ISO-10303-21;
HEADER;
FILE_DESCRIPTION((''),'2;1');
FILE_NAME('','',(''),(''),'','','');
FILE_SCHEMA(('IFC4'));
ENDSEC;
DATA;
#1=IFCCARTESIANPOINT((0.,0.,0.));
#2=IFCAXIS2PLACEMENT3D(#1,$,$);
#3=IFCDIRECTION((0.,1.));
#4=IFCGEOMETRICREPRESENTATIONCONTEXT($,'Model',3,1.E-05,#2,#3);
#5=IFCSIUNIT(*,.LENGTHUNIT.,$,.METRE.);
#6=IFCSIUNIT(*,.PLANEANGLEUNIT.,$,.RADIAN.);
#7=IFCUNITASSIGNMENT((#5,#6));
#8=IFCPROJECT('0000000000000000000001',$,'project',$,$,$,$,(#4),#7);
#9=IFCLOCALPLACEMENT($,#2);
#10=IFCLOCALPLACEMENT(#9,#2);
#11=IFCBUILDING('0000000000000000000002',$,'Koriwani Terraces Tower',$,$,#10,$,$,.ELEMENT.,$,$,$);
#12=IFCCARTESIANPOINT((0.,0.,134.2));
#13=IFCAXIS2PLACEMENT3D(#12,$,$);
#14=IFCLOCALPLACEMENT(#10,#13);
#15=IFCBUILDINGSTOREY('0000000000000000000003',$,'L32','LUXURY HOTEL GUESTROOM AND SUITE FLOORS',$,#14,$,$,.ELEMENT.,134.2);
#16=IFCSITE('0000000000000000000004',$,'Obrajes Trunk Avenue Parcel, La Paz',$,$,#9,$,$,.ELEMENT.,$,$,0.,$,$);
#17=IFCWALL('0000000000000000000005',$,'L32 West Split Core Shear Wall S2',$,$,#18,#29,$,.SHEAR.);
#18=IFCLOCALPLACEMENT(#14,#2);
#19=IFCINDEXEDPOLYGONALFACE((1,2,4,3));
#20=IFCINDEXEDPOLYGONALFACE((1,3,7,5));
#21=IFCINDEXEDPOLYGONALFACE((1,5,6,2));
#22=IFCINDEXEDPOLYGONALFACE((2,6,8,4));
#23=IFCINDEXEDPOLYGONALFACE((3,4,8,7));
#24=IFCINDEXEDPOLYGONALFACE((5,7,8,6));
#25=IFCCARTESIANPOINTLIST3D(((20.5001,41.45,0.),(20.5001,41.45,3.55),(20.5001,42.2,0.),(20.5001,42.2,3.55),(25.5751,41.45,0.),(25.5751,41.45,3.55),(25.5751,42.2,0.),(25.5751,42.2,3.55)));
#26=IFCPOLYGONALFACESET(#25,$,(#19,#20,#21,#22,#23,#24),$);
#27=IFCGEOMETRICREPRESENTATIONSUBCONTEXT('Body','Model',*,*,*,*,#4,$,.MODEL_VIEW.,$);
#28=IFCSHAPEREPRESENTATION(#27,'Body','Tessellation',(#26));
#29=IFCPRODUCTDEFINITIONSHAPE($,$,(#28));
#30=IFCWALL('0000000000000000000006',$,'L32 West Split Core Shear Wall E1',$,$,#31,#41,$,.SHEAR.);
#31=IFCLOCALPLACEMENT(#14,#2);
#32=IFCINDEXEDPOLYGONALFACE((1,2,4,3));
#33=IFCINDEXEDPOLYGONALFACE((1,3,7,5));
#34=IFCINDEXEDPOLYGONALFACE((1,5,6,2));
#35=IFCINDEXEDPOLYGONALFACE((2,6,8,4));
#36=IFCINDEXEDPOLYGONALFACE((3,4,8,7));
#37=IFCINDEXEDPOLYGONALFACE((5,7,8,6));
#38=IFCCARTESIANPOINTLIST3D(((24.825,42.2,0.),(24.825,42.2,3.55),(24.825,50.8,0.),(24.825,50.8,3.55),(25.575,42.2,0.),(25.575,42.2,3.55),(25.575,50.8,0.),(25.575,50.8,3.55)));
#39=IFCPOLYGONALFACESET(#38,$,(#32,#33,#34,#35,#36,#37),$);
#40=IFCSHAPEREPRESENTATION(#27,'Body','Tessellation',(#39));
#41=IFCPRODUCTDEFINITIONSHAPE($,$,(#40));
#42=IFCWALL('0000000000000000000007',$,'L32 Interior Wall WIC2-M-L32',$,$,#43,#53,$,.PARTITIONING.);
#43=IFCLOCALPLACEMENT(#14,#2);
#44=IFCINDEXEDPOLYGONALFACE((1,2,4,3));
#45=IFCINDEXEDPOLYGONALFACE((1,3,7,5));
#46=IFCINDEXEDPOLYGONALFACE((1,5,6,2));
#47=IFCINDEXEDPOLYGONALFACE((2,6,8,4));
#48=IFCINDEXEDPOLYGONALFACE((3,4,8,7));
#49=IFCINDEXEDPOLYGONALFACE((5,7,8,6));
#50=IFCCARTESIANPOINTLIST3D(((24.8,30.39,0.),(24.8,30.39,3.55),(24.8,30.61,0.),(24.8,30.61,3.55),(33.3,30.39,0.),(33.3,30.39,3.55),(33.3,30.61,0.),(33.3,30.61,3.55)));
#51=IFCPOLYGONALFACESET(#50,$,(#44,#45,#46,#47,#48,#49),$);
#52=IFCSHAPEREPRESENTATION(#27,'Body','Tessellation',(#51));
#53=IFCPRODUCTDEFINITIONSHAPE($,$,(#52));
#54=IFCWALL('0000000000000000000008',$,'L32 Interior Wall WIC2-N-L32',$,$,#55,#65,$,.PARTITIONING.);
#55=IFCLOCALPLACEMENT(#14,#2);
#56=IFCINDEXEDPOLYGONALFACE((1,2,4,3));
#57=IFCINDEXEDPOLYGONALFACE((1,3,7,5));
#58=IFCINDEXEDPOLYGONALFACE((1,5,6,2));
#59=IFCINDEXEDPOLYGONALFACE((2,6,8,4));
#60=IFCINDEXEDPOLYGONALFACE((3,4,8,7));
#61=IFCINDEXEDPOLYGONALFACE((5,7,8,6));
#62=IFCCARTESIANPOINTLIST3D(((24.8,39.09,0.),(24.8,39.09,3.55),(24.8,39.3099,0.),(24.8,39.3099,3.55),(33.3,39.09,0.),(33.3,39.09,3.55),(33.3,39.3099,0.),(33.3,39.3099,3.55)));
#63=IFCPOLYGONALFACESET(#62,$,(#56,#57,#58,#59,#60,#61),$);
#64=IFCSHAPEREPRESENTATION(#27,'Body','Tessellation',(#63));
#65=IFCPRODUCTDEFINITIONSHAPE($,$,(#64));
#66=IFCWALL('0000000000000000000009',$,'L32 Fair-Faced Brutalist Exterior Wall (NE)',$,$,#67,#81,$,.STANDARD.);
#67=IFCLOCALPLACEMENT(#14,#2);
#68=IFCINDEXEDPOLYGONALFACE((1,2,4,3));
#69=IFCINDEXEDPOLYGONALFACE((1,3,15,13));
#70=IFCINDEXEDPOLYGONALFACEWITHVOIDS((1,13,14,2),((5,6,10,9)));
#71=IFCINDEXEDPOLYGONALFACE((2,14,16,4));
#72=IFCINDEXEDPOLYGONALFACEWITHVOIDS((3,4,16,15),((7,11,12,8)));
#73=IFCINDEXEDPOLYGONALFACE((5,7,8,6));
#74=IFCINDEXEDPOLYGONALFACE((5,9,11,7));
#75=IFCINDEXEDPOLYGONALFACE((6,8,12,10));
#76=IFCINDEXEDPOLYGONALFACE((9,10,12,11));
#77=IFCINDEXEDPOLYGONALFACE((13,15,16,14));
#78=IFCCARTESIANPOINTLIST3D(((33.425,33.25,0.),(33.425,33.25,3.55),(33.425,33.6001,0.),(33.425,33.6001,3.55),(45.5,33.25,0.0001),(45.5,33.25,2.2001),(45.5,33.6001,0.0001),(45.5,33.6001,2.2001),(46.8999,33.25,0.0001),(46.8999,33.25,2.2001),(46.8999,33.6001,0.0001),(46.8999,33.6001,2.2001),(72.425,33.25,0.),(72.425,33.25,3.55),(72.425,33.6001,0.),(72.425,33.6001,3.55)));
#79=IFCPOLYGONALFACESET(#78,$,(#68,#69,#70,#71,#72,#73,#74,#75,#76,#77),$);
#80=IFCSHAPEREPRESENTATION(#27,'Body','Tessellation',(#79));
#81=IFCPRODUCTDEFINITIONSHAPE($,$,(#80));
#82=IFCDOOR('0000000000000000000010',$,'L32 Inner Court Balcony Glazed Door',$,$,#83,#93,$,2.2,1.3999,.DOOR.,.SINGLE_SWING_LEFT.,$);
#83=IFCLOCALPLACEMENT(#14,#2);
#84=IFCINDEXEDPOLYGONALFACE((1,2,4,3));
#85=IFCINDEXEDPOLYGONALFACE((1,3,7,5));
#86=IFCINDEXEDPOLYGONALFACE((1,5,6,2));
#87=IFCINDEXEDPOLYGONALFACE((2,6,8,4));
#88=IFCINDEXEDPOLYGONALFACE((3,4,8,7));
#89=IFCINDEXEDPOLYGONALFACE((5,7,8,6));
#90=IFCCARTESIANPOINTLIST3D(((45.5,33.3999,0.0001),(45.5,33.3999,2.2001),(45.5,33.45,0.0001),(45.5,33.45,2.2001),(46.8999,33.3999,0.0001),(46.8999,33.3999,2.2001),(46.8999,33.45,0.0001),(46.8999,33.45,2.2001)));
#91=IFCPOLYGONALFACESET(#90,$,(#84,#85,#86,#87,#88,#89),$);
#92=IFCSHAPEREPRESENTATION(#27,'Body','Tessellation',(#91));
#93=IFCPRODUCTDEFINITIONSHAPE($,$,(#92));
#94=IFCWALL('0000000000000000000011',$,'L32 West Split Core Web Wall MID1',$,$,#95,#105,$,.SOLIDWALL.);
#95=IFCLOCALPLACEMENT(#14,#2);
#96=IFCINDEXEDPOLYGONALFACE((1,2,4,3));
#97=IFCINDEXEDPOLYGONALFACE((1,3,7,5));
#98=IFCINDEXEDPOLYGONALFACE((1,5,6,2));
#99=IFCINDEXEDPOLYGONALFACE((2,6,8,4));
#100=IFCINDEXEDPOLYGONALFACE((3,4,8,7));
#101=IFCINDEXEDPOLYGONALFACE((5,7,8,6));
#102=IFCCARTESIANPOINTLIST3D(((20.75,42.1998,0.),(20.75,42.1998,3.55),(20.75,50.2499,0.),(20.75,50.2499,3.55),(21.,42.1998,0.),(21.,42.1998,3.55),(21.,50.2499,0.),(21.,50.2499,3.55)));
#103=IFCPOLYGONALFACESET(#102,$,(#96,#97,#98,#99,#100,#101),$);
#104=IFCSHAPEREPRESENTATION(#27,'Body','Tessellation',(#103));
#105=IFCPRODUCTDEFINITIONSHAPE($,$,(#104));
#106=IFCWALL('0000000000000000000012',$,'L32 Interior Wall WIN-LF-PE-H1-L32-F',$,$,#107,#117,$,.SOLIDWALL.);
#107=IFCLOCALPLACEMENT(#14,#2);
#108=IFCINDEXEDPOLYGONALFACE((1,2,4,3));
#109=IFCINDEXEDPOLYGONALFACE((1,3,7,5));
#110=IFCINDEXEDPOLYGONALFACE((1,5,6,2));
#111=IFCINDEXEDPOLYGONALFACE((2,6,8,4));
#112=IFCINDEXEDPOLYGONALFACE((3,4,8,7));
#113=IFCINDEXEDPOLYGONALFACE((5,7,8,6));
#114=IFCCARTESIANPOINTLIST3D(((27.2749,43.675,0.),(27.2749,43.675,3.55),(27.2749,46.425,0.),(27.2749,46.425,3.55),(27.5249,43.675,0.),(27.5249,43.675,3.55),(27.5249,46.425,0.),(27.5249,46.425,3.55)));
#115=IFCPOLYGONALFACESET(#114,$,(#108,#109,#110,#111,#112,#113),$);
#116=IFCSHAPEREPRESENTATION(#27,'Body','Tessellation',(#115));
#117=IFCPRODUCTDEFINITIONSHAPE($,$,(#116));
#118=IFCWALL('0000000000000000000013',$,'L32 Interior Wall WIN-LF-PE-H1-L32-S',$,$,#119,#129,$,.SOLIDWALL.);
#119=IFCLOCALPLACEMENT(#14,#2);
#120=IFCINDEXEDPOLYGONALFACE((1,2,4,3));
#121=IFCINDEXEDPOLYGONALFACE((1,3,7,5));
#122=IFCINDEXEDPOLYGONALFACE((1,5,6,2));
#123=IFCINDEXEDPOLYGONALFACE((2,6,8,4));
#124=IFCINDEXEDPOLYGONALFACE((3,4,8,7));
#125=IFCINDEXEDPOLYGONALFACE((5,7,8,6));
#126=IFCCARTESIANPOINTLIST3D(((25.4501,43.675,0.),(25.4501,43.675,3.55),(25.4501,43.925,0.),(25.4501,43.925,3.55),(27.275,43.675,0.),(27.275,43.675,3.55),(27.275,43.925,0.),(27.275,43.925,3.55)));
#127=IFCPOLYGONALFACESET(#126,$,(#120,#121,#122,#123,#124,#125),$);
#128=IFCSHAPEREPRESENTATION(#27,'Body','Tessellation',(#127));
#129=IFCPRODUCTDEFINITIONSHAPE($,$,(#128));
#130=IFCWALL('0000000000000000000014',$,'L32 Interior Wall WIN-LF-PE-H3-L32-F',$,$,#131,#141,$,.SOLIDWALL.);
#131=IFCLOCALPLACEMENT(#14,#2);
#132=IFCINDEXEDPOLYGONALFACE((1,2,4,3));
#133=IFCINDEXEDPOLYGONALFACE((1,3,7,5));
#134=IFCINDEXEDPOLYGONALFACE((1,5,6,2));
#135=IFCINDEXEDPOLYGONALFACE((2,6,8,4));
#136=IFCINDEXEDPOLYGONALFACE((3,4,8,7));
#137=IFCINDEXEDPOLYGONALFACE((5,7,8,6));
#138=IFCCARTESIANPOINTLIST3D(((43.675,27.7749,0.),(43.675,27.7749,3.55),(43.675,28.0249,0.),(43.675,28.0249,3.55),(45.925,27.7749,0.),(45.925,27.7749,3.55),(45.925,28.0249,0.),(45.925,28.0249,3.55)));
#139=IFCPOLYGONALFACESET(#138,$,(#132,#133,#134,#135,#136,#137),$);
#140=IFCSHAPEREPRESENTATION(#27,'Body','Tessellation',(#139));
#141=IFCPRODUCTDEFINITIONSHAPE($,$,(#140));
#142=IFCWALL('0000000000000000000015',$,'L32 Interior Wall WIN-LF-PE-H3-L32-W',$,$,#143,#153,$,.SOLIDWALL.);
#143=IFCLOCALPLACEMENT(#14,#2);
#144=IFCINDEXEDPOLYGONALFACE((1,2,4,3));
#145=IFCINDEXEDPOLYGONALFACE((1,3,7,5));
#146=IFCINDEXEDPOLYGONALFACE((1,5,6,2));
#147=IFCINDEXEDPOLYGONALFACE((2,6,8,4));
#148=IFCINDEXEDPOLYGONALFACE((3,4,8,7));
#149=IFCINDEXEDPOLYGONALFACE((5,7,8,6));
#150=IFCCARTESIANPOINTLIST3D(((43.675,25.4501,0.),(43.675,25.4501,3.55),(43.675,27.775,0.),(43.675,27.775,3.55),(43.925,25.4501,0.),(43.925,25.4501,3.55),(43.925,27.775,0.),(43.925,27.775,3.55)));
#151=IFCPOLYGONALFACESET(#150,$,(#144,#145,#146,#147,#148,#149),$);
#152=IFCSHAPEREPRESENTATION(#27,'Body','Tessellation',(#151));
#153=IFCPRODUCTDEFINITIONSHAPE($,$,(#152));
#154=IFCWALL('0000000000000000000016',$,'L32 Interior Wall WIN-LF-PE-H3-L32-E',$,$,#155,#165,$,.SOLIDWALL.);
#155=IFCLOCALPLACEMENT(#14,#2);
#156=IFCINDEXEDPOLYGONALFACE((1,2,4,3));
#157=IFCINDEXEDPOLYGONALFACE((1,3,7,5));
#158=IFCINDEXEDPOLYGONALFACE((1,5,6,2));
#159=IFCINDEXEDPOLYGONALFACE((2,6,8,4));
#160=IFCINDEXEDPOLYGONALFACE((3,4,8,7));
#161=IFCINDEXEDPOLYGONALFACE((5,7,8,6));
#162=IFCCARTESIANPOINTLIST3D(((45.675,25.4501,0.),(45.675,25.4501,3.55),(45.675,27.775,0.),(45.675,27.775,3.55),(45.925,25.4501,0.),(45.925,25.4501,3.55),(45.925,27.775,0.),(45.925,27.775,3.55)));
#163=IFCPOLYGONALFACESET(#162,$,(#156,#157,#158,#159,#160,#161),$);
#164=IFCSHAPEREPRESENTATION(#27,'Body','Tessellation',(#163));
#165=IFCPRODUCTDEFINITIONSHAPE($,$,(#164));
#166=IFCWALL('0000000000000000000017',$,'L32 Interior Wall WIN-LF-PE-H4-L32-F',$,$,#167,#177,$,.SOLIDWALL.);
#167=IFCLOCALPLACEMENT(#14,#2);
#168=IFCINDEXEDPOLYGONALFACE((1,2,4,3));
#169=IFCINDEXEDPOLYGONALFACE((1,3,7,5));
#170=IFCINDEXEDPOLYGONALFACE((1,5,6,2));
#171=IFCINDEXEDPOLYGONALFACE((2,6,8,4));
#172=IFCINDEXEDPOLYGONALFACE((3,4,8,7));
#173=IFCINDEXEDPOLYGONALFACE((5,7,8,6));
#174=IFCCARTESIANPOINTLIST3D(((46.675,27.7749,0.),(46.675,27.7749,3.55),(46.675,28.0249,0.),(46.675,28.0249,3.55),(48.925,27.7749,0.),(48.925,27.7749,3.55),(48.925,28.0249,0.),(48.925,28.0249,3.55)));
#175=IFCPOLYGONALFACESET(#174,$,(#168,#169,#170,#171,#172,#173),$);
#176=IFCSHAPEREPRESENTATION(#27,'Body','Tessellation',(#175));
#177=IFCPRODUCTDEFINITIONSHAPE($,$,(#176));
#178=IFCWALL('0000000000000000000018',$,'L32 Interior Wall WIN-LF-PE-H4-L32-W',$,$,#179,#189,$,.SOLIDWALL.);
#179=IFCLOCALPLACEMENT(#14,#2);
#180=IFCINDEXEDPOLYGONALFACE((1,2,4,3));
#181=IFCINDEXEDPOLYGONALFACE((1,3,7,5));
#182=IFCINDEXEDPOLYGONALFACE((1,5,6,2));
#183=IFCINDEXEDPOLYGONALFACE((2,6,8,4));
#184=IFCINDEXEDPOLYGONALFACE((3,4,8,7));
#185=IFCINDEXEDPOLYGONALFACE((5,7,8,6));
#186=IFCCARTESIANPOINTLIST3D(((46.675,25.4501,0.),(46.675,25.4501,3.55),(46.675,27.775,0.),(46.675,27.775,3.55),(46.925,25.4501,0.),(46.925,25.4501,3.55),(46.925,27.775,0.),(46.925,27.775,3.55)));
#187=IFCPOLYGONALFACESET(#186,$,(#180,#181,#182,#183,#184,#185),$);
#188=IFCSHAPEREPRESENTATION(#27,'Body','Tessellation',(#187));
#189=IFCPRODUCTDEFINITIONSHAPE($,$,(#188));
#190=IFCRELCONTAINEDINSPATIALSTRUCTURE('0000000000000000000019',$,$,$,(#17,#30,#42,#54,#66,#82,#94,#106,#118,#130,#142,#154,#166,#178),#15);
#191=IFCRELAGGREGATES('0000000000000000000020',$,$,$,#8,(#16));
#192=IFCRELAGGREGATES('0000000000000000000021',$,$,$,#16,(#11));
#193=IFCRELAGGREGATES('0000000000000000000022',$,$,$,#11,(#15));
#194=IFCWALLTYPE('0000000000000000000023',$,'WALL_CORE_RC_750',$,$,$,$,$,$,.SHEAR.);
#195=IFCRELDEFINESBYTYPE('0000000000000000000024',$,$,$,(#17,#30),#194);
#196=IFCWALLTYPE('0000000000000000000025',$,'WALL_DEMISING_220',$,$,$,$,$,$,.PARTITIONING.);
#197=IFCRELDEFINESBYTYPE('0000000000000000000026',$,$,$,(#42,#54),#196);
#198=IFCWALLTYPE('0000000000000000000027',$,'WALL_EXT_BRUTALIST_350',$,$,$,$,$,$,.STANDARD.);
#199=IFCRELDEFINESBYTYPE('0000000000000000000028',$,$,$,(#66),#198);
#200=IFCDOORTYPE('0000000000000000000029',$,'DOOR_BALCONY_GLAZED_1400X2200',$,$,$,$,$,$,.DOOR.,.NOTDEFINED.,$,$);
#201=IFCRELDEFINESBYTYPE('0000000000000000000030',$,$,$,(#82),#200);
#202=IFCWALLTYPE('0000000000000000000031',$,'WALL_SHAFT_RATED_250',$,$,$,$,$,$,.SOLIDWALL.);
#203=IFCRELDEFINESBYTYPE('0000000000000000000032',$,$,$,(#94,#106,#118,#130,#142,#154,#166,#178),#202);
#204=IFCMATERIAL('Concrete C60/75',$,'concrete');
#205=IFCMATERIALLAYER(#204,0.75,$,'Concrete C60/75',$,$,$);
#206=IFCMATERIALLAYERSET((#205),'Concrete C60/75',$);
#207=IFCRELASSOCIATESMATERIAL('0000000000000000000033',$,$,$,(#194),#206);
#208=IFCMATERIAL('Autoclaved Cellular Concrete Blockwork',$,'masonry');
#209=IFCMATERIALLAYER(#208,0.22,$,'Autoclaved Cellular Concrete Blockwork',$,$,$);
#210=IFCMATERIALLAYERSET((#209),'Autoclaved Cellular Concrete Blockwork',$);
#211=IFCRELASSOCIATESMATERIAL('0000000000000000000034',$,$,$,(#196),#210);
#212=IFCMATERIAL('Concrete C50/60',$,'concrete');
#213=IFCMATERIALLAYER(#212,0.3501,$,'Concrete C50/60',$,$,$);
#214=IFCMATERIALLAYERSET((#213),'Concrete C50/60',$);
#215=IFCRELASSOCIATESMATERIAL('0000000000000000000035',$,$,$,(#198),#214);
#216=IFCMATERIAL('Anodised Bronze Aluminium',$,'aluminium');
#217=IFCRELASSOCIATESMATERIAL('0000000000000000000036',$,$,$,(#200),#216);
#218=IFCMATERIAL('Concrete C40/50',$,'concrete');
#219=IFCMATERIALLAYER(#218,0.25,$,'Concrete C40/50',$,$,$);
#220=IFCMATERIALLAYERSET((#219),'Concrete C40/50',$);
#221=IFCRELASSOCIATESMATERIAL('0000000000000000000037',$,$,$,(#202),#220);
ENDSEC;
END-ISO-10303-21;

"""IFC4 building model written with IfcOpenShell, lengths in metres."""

from ifc_helpers import new_model, si_unit, direction, frame, frame_2d, origin, place, context, subcontext, project, spatial, rectangle, extrude, material, layer, layer_set, type_object, element, fill, save


model = new_model("IFC4")

# Units and contexts
model_context = context("Model", 3, precision=1e-05, world=origin(), true_north=direction((0.0, 1.0)))
body_context = subcontext(model_context, "Body", "Model", "MODEL_VIEW")
ifc_project = project(units=[si_unit("LENGTHUNIT", "METRE"), si_unit("PLANEANGLEUNIT", "RADIAN")], contexts=[model_context])

# Site, building, storey
site_placement = place(None, origin())
site = spatial("IfcSite", under=ifc_project, at=site_placement, Name="Obrajes Trunk Avenue Parcel, La Paz", CompositionType="ELEMENT", RefElevation=0.0)
building_placement = place(site_placement, origin())
building = spatial("IfcBuilding", under=site, at=building_placement, Name="Koriwani Terraces Tower", CompositionType="ELEMENT")
storey_placement = place(building_placement, frame((0.0, 0.0, 134.2)))
storey = spatial("IfcBuildingStorey", under=building, at=storey_placement, Name="L32", Description="LUXURY HOTEL GUESTROOM AND SUITE FLOORS", CompositionType="ELEMENT", Elevation=134.2)

# Shared definitions
ifc_material_1 = material(Name="Concrete C60/75", Category="concrete")

# Shared definitions
ifc_material_2 = material(Name="Concrete C40/50", Category="concrete")
ifc_material_3 = material(Name="Concrete C50/60", Category="concrete")

# Walls
ifc_layer_1 = layer(ifc_material_1, 0.75, Name="Concrete C60/75")
ifc_layer_set_1 = layer_set([ifc_layer_1], Name="Concrete C60/75")
wall_type_1 = type_object("IfcWallType", Name="WALL_CORE_RC_750", PredefinedType="SHEAR", material=ifc_layer_set_1)
wall_1_placement = place(storey_placement, frame((20.5, 41.825, 0.0), z_axis=(0.0, 0.0, 1.0), x_axis=(1.0, 0.0, 0.0)))
element("IfcWall", 1, at=wall_1_placement, inside=storey, type_object=wall_type_1, Name="L32 West Split Core Shear Wall S2", PredefinedType="SHEAR", context=body_context, shape_type="SweptSolid", body=[
    extrude(rectangle(XDim=5.075, YDim=0.75, at=frame_2d((2.5376, 0.0))), origin(), (0.0, 0.0, 1.0), 3.55),
])
wall_2_placement = place(storey_placement, frame((25.2, 42.2, 0.0), z_axis=(0.0, 0.0, 1.0), x_axis=(0.0, 1.0, 0.0)))
element("IfcWall", 2, at=wall_2_placement, inside=storey, type_object=wall_type_1, Name="L32 West Split Core Shear Wall E1", PredefinedType="SHEAR", context=body_context, shape_type="SweptSolid", body=[
    extrude(rectangle(XDim=8.6001, YDim=0.75, at=frame_2d((4.3, 0.0))), origin(), (0.0, 0.0, 1.0), 3.55),
])
ifc_material_4 = material(Name="Autoclaved Cellular Concrete Blockwork", Category="masonry")
ifc_layer_2 = layer(ifc_material_4, 0.22, Name="Autoclaved Cellular Concrete Blockwork")
ifc_layer_set_2 = layer_set([ifc_layer_2], Name="Autoclaved Cellular Concrete Blockwork")
wall_type_2 = type_object("IfcWallType", Name="WALL_DEMISING_220", PredefinedType="PARTITIONING", material=ifc_layer_set_2)
for number, where, z_axis, x_axis, name in (
    (3, (24.8, 30.5, 0.0), (0.0, 0.0, 1.0), (1.0, 0.0, 0.0), "L32 Interior Wall WIC2-M-L32"),
    (4, (24.8, 39.2, 0.0), (0.0, 0.0, 1.0), (1.0, 0.0, 0.0), "L32 Interior Wall WIC2-N-L32"),
):
    element("IfcWall", number, at=place(storey_placement, frame(where, z_axis=z_axis, x_axis=x_axis)), inside=storey, type_object=wall_type_2, Name=name, PredefinedType="PARTITIONING", context=body_context, shape_type="SweptSolid", body=[
        extrude(rectangle(XDim=8.5, YDim=0.22, at=frame_2d((4.25, 0.0))), origin(), (0.0, 0.0, 1.0), 3.55),
    ])

# Wall, opening, door
ifc_layer_3 = layer(ifc_material_3, 0.3501, Name="Concrete C50/60")
ifc_layer_set_3 = layer_set([ifc_layer_3], Name="Concrete C50/60")
wall_type_3 = type_object("IfcWallType", Name="WALL_EXT_BRUTALIST_350", PredefinedType="STANDARD", material=ifc_layer_set_3)
wall_3_placement = place(storey_placement, frame((33.425, 33.425, 0.0), z_axis=(0.0, 0.0, 1.0), x_axis=(1.0, 0.0, 0.0)))
wall_3 = element("IfcWall", 5, at=wall_3_placement, inside=storey, type_object=wall_type_3, Name="L32 Fair-Faced Brutalist Exterior Wall (NE)", PredefinedType="STANDARD", context=body_context, shape_type="SweptSolid", body=[
    extrude(rectangle(XDim=39.0, YDim=0.3501, at=frame_2d((19.5, 0.0))), origin(), (0.0, 0.0, 1.0), 3.55),
])
opening_placement = place(wall_3_placement, frame((12.075, 0.0, 0.0)))
opening = element("IfcOpeningElement", 6, at=opening_placement, cuts=wall_3, PredefinedType="OPENING", context=body_context, shape_type="SweptSolid", body=[
    extrude(rectangle(XDim=1.3999, YDim=2.2, at=frame_2d((0.7, 1.1001))), frame((0.0, 0.1851, 0.0), z_axis=(0.0, -1.0, 0.0), x_axis=(1.0, 0.0, 0.0)), (0.0, 0.0, 1.0), 0.3701),
])
ifc_material_5 = material(Name="Anodised Bronze Aluminium", Category="aluminium")
door_type = type_object("IfcDoorType", Name="DOOR_BALCONY_GLAZED_1400X2200", OperationType="NOTDEFINED", PredefinedType="DOOR", material=ifc_material_5)
door_placement = place(opening_placement, origin())
door = element("IfcDoor", 7, at=door_placement, inside=storey, type_object=door_type, Name="L32 Inner Court Balcony Glazed Door", OperationType="SINGLE_SWING_LEFT", OverallHeight=2.2, OverallWidth=1.3999, PredefinedType="DOOR", context=body_context, shape_type="SweptSolid", body=[
    extrude(rectangle(XDim=1.3999, YDim=2.2, at=frame_2d((0.7, 1.1001))), frame((0.0, 0.0249, 0.0), z_axis=(0.0, -1.0, 0.0), x_axis=(1.0, 0.0, 0.0)), (0.0, 0.0, 1.0), 0.05),
])
fill(opening, door)

# Walls
ifc_layer_4 = layer(ifc_material_2, 0.25, Name="Concrete C40/50")
ifc_layer_set_4 = layer_set([ifc_layer_4], Name="Concrete C40/50")
wall_type_4 = type_object("IfcWallType", Name="WALL_SHAFT_RATED_250", PredefinedType="SOLIDWALL", material=ifc_layer_set_4)
wall_4_placement = place(storey_placement, frame((20.875, 42.2, 0.0), z_axis=(0.0, 0.0, 1.0), x_axis=(0.0, 1.0, 0.0)))
element("IfcWall", 8, at=wall_4_placement, inside=storey, type_object=wall_type_4, Name="L32 West Split Core Web Wall MID1", PredefinedType="SOLIDWALL", context=body_context, shape_type="SweptSolid", body=[
    extrude(rectangle(XDim=8.05, YDim=0.25, at=frame_2d((4.0249, 0.0))), origin(), (0.0, 0.0, 1.0), 3.55),
])
wall_5_placement = place(storey_placement, frame((27.3999, 43.675, 0.0), z_axis=(0.0, 0.0, 1.0), x_axis=(0.0, 1.0, 0.0)))
element("IfcWall", 9, at=wall_5_placement, inside=storey, type_object=wall_type_4, Name="L32 Interior Wall WIN-LF-PE-H1-L32-F", PredefinedType="SOLIDWALL", context=body_context, shape_type="SweptSolid", body=[
    extrude(rectangle(XDim=2.75, YDim=0.25, at=frame_2d((1.375, 0.0))), origin(), (0.0, 0.0, 1.0), 3.55),
])
wall_6_placement = place(storey_placement, frame((25.45, 43.8, 0.0), z_axis=(0.0, 0.0, 1.0), x_axis=(1.0, 0.0, 0.0)))
element("IfcWall", 10, at=wall_6_placement, inside=storey, type_object=wall_type_4, Name="L32 Interior Wall WIN-LF-PE-H1-L32-S", PredefinedType="SOLIDWALL", context=body_context, shape_type="SweptSolid", body=[
    extrude(rectangle(XDim=1.825, YDim=0.25, at=frame_2d((0.9126, 0.0))), origin(), (0.0, 0.0, 1.0), 3.55),
])
wall_7_placement = place(storey_placement, frame((43.675, 27.8999, 0.0), z_axis=(0.0, 0.0, 1.0), x_axis=(1.0, 0.0, 0.0)))
element("IfcWall", 11, at=wall_7_placement, inside=storey, type_object=wall_type_4, Name="L32 Interior Wall WIN-LF-PE-H3-L32-F", PredefinedType="SOLIDWALL", context=body_context, shape_type="SweptSolid", body=[
    extrude(rectangle(XDim=2.25, YDim=0.25, at=frame_2d((1.125, 0.0))), origin(), (0.0, 0.0, 1.0), 3.55),
])
for number, where, z_axis, x_axis, name in (
    (12, (43.8, 25.45, 0.0), (0.0, 0.0, 1.0), (0.0, 1.0, 0.0), "L32 Interior Wall WIN-LF-PE-H3-L32-W"),
    (13, (45.8, 25.45, 0.0), (0.0, 0.0, 1.0), (0.0, 1.0, 0.0), "L32 Interior Wall WIN-LF-PE-H3-L32-E"),
):
    element("IfcWall", number, at=place(storey_placement, frame(where, z_axis=z_axis, x_axis=x_axis)), inside=storey, type_object=wall_type_4, Name=name, PredefinedType="SOLIDWALL", context=body_context, shape_type="SweptSolid", body=[
        extrude(rectangle(XDim=2.325, YDim=0.25, at=frame_2d((1.1626, 0.0))), origin(), (0.0, 0.0, 1.0), 3.55),
    ])
wall_8_placement = place(storey_placement, frame((46.675, 27.8999, 0.0), z_axis=(0.0, 0.0, 1.0), x_axis=(1.0, 0.0, 0.0)))
element("IfcWall", 14, at=wall_8_placement, inside=storey, type_object=wall_type_4, Name="L32 Interior Wall WIN-LF-PE-H4-L32-F", PredefinedType="SOLIDWALL", context=body_context, shape_type="SweptSolid", body=[
    extrude(rectangle(XDim=2.25, YDim=0.25, at=frame_2d((1.125, 0.0))), origin(), (0.0, 0.0, 1.0), 3.55),
])
for number, where, z_axis, x_axis, name in (
    (15, (46.8, 25.45, 0.0), (0.0, 0.0, 1.0), (0.0, 1.0, 0.0), "L32 Interior Wall WIN-LF-PE-H4-L32-W"),
):
    element("IfcWall", number, at=place(storey_placement, frame(where, z_axis=z_axis, x_axis=x_axis)), inside=storey, type_object=wall_type_4, Name=name, PredefinedType="SOLIDWALL", context=body_context, shape_type="SweptSolid", body=[
        extrude(rectangle(XDim=2.325, YDim=0.25, at=frame_2d((1.1626, 0.0))), origin(), (0.0, 0.0, 1.0), 3.55),
    ])

save(model, "model.ifc")
